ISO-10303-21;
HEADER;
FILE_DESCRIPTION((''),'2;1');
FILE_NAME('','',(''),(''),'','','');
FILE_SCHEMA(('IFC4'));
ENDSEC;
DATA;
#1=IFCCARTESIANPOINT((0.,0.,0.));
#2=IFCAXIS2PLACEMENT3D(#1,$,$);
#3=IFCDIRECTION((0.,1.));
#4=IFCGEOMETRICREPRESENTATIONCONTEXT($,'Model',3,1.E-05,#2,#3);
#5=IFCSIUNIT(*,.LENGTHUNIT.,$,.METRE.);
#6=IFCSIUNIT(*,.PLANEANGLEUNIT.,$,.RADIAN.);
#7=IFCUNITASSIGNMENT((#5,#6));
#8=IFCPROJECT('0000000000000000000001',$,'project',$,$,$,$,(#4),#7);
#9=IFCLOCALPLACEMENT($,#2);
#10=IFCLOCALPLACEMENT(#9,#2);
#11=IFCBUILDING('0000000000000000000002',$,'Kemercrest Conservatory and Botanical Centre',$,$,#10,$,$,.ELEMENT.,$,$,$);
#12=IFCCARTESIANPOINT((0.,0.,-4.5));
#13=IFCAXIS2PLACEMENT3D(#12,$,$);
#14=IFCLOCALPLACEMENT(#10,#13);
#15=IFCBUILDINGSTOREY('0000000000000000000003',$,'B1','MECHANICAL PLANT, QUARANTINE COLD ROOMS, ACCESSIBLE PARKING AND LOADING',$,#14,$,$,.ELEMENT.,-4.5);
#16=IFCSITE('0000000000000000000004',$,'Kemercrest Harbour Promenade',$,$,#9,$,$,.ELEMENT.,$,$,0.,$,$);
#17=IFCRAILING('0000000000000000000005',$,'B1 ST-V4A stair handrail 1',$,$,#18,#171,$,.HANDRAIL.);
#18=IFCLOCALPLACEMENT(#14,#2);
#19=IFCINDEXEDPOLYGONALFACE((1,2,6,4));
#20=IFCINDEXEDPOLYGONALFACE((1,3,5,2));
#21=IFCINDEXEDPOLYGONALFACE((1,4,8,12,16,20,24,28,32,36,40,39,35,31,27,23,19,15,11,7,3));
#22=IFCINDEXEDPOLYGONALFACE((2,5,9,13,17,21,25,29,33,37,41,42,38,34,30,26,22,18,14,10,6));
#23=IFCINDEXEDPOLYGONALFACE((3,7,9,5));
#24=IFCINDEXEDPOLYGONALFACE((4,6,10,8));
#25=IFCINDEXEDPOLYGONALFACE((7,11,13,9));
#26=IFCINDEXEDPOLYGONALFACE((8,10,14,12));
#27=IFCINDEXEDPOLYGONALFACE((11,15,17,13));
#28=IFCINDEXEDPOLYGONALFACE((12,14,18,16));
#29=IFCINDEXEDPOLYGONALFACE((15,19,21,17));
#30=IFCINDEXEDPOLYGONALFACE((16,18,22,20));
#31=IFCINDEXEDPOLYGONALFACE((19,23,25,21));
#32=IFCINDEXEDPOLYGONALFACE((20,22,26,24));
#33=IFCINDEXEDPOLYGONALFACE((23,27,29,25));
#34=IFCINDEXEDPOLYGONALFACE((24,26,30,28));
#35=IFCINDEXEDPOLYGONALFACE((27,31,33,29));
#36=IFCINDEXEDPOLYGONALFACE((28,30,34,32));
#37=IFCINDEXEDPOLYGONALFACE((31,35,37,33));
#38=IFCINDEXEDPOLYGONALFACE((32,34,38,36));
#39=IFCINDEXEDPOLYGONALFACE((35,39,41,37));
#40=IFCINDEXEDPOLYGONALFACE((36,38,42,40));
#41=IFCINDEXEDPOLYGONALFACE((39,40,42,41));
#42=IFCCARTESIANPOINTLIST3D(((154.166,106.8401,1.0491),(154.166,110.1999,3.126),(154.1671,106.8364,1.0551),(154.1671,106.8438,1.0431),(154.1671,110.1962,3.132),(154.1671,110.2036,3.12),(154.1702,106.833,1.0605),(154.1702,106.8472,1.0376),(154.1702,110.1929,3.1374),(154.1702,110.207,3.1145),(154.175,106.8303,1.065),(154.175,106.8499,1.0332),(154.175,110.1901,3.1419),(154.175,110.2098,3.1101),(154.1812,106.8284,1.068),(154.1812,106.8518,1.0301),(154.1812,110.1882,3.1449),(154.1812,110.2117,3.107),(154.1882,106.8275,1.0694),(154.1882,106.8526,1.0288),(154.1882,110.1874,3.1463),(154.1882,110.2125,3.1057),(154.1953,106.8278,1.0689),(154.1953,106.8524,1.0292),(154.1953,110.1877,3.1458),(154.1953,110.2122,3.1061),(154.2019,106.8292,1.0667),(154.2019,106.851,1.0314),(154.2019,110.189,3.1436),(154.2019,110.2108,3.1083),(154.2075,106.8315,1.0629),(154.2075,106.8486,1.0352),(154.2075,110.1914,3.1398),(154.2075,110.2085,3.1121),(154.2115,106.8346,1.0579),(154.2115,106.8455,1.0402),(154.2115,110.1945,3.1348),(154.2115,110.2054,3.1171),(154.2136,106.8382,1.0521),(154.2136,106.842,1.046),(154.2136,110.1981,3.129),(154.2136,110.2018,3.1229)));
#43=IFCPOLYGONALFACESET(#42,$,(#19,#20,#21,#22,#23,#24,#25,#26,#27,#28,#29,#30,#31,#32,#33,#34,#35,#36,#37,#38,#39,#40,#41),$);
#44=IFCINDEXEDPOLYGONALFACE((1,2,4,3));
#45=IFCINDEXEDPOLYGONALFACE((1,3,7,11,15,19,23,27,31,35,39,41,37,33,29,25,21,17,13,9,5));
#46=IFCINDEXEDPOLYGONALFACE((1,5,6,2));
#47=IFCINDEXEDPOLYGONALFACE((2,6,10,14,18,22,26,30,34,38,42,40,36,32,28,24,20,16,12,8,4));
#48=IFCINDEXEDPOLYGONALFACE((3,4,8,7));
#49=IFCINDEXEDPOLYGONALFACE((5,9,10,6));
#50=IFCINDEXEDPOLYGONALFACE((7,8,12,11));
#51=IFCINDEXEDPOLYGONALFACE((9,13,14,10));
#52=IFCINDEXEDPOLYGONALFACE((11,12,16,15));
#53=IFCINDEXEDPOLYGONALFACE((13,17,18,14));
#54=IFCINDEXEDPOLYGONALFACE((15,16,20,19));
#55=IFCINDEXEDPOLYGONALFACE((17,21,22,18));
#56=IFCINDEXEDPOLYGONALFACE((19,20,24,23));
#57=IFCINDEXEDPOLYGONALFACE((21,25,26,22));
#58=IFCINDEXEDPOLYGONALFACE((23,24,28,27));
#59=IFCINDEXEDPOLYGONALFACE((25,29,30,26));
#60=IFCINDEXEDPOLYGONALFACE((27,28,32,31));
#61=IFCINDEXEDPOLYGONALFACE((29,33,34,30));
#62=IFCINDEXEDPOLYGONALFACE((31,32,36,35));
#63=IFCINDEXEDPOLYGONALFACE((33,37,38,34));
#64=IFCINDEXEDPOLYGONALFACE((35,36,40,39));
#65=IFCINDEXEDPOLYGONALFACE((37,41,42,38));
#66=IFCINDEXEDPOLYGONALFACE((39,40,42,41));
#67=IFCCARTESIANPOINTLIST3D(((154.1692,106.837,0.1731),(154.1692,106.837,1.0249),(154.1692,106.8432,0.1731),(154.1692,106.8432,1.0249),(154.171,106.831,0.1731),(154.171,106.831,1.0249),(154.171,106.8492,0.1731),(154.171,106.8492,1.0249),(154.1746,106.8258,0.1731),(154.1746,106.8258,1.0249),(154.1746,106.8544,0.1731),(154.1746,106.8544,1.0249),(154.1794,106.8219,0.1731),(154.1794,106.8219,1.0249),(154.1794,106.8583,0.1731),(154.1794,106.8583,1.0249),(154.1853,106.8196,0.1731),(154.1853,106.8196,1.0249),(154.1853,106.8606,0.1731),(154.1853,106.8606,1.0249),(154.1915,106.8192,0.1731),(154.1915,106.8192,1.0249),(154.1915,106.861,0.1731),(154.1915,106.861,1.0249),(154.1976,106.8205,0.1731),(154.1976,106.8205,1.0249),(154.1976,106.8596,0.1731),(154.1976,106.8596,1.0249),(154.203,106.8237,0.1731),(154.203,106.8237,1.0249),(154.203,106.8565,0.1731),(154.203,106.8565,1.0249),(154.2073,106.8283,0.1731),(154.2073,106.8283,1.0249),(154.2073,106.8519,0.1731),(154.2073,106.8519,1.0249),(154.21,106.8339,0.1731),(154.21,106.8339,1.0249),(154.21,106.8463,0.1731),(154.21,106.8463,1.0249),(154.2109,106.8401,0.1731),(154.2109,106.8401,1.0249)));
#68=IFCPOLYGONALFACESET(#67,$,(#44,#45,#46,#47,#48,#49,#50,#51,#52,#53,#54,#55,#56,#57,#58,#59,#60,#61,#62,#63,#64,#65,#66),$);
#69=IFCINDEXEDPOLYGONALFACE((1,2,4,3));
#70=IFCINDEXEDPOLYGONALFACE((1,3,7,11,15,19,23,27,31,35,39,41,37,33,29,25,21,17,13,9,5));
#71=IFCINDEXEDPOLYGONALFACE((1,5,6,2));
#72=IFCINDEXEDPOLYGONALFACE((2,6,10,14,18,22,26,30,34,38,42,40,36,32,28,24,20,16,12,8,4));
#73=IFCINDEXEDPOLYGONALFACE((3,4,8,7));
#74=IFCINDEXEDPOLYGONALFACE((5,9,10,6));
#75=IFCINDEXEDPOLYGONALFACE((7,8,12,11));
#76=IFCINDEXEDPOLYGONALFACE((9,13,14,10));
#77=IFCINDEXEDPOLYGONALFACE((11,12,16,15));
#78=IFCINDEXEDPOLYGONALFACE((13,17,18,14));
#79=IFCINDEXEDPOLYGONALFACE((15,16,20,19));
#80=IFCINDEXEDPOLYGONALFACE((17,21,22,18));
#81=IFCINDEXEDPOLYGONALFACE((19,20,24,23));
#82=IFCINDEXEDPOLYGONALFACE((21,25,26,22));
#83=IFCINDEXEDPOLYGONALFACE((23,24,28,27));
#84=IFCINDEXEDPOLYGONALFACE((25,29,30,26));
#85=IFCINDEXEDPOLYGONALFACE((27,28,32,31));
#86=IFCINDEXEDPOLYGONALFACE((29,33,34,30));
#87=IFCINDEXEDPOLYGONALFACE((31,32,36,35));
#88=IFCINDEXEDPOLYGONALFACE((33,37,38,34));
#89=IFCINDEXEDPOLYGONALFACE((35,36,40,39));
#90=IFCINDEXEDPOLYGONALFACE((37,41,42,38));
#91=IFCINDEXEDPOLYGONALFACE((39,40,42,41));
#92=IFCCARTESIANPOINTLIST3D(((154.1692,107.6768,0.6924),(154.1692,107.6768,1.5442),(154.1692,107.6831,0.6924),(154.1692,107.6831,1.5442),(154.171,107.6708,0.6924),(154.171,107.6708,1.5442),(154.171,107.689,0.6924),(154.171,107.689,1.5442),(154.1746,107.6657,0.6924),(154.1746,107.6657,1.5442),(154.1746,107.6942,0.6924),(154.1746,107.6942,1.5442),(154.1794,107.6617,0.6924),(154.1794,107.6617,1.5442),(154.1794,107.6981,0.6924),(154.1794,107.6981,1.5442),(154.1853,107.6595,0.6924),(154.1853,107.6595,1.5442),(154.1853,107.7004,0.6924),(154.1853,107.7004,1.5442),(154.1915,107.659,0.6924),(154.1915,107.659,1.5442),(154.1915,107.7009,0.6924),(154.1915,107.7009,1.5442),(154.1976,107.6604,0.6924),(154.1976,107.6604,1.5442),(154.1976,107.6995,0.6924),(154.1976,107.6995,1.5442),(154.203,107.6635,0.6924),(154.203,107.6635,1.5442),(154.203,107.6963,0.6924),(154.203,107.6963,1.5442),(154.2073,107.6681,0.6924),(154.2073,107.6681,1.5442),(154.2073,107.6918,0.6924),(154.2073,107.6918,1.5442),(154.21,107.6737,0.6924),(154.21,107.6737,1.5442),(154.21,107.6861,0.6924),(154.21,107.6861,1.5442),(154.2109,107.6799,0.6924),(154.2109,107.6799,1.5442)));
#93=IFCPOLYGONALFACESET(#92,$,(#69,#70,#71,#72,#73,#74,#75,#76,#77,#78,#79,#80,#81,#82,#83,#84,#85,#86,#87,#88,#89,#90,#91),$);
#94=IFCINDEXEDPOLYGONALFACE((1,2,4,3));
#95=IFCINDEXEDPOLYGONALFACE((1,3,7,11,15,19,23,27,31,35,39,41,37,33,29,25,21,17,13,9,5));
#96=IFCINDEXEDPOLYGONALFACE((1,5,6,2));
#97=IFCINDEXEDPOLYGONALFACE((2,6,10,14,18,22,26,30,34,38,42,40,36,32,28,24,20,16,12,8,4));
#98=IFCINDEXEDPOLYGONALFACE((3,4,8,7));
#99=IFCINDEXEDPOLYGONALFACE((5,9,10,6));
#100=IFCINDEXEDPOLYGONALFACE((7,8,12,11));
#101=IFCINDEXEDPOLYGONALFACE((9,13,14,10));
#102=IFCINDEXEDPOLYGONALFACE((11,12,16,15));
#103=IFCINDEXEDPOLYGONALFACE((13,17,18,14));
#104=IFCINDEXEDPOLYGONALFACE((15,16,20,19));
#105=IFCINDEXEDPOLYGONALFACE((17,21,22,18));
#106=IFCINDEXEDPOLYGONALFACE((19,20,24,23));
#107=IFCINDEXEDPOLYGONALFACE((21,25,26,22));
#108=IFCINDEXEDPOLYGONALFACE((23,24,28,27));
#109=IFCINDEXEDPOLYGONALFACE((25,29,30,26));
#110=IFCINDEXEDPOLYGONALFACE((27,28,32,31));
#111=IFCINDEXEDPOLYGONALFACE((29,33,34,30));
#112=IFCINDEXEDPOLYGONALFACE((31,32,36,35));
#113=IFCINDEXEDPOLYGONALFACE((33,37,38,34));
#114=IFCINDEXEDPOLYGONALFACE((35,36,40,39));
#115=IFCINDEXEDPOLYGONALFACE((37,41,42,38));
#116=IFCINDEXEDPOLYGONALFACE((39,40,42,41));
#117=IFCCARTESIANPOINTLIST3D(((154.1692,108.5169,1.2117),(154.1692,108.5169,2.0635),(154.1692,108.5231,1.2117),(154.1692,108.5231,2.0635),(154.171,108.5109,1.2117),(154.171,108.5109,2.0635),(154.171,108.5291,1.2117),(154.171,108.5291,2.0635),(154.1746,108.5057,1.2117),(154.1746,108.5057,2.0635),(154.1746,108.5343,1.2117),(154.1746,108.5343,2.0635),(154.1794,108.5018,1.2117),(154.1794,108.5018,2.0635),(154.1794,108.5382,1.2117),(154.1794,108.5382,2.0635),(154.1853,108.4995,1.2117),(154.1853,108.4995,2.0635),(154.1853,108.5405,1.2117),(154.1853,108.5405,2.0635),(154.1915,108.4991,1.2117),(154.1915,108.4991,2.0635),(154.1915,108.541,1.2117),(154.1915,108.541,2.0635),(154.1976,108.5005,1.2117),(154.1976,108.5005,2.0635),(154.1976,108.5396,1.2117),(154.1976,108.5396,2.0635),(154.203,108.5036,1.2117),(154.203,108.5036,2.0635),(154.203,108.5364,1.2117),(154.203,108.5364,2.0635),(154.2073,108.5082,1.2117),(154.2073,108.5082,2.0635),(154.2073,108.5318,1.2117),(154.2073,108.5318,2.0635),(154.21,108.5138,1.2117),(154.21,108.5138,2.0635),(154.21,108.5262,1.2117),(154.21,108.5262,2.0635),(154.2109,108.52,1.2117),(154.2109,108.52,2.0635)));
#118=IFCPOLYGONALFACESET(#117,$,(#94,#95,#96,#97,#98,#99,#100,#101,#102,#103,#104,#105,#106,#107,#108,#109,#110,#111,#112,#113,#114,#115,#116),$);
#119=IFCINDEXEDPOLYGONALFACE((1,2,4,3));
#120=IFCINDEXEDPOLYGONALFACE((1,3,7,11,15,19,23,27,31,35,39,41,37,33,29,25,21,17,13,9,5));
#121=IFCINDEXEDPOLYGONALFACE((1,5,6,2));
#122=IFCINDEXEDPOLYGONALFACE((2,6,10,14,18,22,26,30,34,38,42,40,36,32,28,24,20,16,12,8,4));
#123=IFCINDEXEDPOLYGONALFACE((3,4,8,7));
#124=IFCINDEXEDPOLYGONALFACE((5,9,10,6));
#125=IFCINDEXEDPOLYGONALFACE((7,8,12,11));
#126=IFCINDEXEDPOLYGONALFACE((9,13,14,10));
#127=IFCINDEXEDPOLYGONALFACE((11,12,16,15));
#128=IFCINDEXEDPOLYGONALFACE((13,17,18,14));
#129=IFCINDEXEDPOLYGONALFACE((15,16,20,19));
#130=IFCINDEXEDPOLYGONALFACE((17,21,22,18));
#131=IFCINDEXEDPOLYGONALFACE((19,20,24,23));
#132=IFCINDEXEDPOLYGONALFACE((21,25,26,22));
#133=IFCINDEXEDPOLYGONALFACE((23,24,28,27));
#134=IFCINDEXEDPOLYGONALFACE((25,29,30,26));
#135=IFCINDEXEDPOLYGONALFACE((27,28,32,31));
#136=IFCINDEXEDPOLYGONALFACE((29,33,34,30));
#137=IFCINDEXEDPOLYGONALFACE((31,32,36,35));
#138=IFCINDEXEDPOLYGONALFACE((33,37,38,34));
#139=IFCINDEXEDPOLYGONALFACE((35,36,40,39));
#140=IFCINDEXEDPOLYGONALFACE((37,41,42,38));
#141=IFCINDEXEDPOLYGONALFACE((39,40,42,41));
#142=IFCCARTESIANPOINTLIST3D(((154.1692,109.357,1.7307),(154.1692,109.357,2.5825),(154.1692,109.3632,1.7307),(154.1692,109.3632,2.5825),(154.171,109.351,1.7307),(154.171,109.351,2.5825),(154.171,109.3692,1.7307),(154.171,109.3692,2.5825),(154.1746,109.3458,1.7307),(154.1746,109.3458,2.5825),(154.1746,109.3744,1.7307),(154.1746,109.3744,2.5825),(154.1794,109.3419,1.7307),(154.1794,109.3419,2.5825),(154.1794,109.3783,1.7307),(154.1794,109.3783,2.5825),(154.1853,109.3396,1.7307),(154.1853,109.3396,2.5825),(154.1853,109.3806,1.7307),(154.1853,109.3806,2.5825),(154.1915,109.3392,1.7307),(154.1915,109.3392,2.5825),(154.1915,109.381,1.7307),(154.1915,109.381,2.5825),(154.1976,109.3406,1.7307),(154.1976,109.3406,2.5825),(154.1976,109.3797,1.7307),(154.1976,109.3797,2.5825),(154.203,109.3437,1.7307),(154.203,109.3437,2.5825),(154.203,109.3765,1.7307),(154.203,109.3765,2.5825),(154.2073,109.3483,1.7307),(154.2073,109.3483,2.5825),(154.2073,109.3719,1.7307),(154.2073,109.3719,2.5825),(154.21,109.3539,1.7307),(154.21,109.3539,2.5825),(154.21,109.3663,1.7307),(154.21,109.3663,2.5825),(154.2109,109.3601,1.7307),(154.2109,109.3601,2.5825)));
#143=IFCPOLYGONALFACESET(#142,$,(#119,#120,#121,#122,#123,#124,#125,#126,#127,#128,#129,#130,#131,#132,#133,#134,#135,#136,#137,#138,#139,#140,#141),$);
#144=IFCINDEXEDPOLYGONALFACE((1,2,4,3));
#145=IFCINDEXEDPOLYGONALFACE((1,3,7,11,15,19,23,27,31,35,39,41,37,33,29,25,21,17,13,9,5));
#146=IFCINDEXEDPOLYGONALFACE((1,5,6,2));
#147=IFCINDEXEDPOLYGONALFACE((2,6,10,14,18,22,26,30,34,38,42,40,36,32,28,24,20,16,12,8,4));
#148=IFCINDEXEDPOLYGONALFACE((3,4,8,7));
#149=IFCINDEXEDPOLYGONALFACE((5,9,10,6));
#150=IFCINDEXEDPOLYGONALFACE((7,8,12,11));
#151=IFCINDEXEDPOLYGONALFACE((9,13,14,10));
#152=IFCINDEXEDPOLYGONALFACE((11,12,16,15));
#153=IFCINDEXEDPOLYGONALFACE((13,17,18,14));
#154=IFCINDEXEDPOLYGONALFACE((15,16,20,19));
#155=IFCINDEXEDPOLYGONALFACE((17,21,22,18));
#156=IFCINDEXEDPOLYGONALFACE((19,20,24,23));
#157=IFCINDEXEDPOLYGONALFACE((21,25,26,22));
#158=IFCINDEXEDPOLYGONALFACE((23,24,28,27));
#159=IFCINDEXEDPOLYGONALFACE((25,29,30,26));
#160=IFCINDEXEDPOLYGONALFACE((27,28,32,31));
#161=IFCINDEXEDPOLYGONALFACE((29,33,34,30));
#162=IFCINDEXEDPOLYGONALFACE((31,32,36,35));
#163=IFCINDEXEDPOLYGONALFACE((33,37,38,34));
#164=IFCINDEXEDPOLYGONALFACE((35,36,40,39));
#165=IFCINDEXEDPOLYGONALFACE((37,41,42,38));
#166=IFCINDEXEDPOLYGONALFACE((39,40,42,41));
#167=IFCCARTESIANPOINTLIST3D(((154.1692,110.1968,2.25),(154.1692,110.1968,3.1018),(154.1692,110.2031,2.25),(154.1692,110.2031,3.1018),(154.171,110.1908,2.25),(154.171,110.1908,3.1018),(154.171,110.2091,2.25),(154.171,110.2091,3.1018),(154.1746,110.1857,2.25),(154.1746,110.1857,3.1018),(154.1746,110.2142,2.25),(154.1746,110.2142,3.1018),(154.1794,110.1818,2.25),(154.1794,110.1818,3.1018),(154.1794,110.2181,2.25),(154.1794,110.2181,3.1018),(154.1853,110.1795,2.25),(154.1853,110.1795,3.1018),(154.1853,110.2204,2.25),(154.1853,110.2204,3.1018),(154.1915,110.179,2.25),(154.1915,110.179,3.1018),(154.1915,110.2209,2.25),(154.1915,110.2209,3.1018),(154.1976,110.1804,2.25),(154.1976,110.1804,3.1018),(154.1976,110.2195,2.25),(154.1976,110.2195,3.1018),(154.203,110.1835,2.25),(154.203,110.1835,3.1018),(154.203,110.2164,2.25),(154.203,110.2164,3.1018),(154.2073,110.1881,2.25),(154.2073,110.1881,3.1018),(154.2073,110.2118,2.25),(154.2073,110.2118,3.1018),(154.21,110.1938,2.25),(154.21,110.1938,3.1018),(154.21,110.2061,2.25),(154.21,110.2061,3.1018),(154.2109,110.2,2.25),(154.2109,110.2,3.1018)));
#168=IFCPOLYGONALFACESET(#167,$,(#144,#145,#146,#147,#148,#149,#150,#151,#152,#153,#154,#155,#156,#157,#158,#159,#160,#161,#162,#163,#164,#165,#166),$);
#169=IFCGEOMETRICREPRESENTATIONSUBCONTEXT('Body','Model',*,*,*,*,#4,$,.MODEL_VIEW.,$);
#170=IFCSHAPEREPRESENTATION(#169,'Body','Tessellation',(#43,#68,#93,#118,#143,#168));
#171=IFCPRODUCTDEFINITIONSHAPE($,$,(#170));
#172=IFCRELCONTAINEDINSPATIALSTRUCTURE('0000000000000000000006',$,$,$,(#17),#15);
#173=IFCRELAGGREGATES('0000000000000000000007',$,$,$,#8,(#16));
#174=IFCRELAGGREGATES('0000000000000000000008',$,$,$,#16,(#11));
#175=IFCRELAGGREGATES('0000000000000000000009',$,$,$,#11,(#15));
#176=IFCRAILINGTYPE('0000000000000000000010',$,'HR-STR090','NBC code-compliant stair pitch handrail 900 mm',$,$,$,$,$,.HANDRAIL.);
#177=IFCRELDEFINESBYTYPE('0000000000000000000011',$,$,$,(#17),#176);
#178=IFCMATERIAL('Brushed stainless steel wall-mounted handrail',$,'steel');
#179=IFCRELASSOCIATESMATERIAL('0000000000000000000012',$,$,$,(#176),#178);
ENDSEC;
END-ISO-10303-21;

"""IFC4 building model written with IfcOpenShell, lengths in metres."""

from ifc_helpers import new_model, si_unit, direction, frame, origin, origin_2d, place, context, subcontext, project, spatial, circle, extrude, material, type_object, element, save


model = new_model("IFC4")

# Units and contexts
model_context = context("Model", 3, precision=1e-05, world=origin(), true_north=direction((0.0, 1.0)))
body_context = subcontext(model_context, "Body", "Model", "MODEL_VIEW")
ifc_project = project(units=[si_unit("LENGTHUNIT", "METRE"), si_unit("PLANEANGLEUNIT", "RADIAN")], contexts=[model_context])

# Site, building, storey
site_placement = place(None, origin())
site = spatial("IfcSite", under=ifc_project, at=site_placement, Name="Kemercrest Harbour Promenade", CompositionType="ELEMENT", RefElevation=0.0)
building_placement = place(site_placement, origin())
building = spatial("IfcBuilding", under=site, at=building_placement, Name="Kemercrest Conservatory and Botanical Centre", CompositionType="ELEMENT")
storey_placement = place(building_placement, frame((0.0, 0.0, -4.5)))
storey = spatial("IfcBuildingStorey", under=building, at=storey_placement, Name="B1", Description="MECHANICAL PLANT, QUARANTINE COLD ROOMS, ACCESSIBLE PARKING AND LOADING", CompositionType="ELEMENT", Elevation=-4.5)

# Railing
ifc_material_1 = material(Name="Brushed stainless steel wall-mounted handrail", Category="steel")
railing_type_1 = type_object("IfcRailingType", Name="HR-STR090", Description="NBC code-compliant stair pitch handrail 900 mm", PredefinedType="HANDRAIL", material=ifc_material_1)
railing_1_placement = place(storey_placement, frame((154.1899, 106.8401, 0.1731)))
element("IfcRailing", 1, at=railing_1_placement, inside=storey, type_object=railing_type_1, Name="B1 ST-V4A stair handrail 1", PredefinedType="HANDRAIL", context=body_context, shape_type="SweptSolid", body=[
    extrude(circle(Radius=0.0239, at=origin_2d()), frame((0.0, 0.0, 0.876), z_axis=(0.0, 0.850606, 0.525803), x_axis=(-1.0, 0.0, 0.0)), (0.0, 0.0, 1.0), 3.95),
    extrude(circle(Radius=0.021, at=origin_2d()), origin(), (0.0, 0.0, 1.0), 0.8518),
    extrude(circle(Radius=0.021, at=origin_2d()), frame((0.0, 0.8398, 0.5193)), (0.0, 0.0, 1.0), 0.8518),
    extrude(circle(Radius=0.021, at=origin_2d()), frame((0.0, 1.6799, 1.0386)), (0.0, 0.0, 1.0), 0.8518),
    extrude(circle(Radius=0.021, at=origin_2d()), frame((0.0, 2.52, 1.5576)), (0.0, 0.0, 1.0), 0.8518),
    extrude(circle(Radius=0.021, at=origin_2d()), frame((0.0, 3.3599, 2.0769)), (0.0, 0.0, 1.0), 0.8518),
])

save(model, "model.ifc")
